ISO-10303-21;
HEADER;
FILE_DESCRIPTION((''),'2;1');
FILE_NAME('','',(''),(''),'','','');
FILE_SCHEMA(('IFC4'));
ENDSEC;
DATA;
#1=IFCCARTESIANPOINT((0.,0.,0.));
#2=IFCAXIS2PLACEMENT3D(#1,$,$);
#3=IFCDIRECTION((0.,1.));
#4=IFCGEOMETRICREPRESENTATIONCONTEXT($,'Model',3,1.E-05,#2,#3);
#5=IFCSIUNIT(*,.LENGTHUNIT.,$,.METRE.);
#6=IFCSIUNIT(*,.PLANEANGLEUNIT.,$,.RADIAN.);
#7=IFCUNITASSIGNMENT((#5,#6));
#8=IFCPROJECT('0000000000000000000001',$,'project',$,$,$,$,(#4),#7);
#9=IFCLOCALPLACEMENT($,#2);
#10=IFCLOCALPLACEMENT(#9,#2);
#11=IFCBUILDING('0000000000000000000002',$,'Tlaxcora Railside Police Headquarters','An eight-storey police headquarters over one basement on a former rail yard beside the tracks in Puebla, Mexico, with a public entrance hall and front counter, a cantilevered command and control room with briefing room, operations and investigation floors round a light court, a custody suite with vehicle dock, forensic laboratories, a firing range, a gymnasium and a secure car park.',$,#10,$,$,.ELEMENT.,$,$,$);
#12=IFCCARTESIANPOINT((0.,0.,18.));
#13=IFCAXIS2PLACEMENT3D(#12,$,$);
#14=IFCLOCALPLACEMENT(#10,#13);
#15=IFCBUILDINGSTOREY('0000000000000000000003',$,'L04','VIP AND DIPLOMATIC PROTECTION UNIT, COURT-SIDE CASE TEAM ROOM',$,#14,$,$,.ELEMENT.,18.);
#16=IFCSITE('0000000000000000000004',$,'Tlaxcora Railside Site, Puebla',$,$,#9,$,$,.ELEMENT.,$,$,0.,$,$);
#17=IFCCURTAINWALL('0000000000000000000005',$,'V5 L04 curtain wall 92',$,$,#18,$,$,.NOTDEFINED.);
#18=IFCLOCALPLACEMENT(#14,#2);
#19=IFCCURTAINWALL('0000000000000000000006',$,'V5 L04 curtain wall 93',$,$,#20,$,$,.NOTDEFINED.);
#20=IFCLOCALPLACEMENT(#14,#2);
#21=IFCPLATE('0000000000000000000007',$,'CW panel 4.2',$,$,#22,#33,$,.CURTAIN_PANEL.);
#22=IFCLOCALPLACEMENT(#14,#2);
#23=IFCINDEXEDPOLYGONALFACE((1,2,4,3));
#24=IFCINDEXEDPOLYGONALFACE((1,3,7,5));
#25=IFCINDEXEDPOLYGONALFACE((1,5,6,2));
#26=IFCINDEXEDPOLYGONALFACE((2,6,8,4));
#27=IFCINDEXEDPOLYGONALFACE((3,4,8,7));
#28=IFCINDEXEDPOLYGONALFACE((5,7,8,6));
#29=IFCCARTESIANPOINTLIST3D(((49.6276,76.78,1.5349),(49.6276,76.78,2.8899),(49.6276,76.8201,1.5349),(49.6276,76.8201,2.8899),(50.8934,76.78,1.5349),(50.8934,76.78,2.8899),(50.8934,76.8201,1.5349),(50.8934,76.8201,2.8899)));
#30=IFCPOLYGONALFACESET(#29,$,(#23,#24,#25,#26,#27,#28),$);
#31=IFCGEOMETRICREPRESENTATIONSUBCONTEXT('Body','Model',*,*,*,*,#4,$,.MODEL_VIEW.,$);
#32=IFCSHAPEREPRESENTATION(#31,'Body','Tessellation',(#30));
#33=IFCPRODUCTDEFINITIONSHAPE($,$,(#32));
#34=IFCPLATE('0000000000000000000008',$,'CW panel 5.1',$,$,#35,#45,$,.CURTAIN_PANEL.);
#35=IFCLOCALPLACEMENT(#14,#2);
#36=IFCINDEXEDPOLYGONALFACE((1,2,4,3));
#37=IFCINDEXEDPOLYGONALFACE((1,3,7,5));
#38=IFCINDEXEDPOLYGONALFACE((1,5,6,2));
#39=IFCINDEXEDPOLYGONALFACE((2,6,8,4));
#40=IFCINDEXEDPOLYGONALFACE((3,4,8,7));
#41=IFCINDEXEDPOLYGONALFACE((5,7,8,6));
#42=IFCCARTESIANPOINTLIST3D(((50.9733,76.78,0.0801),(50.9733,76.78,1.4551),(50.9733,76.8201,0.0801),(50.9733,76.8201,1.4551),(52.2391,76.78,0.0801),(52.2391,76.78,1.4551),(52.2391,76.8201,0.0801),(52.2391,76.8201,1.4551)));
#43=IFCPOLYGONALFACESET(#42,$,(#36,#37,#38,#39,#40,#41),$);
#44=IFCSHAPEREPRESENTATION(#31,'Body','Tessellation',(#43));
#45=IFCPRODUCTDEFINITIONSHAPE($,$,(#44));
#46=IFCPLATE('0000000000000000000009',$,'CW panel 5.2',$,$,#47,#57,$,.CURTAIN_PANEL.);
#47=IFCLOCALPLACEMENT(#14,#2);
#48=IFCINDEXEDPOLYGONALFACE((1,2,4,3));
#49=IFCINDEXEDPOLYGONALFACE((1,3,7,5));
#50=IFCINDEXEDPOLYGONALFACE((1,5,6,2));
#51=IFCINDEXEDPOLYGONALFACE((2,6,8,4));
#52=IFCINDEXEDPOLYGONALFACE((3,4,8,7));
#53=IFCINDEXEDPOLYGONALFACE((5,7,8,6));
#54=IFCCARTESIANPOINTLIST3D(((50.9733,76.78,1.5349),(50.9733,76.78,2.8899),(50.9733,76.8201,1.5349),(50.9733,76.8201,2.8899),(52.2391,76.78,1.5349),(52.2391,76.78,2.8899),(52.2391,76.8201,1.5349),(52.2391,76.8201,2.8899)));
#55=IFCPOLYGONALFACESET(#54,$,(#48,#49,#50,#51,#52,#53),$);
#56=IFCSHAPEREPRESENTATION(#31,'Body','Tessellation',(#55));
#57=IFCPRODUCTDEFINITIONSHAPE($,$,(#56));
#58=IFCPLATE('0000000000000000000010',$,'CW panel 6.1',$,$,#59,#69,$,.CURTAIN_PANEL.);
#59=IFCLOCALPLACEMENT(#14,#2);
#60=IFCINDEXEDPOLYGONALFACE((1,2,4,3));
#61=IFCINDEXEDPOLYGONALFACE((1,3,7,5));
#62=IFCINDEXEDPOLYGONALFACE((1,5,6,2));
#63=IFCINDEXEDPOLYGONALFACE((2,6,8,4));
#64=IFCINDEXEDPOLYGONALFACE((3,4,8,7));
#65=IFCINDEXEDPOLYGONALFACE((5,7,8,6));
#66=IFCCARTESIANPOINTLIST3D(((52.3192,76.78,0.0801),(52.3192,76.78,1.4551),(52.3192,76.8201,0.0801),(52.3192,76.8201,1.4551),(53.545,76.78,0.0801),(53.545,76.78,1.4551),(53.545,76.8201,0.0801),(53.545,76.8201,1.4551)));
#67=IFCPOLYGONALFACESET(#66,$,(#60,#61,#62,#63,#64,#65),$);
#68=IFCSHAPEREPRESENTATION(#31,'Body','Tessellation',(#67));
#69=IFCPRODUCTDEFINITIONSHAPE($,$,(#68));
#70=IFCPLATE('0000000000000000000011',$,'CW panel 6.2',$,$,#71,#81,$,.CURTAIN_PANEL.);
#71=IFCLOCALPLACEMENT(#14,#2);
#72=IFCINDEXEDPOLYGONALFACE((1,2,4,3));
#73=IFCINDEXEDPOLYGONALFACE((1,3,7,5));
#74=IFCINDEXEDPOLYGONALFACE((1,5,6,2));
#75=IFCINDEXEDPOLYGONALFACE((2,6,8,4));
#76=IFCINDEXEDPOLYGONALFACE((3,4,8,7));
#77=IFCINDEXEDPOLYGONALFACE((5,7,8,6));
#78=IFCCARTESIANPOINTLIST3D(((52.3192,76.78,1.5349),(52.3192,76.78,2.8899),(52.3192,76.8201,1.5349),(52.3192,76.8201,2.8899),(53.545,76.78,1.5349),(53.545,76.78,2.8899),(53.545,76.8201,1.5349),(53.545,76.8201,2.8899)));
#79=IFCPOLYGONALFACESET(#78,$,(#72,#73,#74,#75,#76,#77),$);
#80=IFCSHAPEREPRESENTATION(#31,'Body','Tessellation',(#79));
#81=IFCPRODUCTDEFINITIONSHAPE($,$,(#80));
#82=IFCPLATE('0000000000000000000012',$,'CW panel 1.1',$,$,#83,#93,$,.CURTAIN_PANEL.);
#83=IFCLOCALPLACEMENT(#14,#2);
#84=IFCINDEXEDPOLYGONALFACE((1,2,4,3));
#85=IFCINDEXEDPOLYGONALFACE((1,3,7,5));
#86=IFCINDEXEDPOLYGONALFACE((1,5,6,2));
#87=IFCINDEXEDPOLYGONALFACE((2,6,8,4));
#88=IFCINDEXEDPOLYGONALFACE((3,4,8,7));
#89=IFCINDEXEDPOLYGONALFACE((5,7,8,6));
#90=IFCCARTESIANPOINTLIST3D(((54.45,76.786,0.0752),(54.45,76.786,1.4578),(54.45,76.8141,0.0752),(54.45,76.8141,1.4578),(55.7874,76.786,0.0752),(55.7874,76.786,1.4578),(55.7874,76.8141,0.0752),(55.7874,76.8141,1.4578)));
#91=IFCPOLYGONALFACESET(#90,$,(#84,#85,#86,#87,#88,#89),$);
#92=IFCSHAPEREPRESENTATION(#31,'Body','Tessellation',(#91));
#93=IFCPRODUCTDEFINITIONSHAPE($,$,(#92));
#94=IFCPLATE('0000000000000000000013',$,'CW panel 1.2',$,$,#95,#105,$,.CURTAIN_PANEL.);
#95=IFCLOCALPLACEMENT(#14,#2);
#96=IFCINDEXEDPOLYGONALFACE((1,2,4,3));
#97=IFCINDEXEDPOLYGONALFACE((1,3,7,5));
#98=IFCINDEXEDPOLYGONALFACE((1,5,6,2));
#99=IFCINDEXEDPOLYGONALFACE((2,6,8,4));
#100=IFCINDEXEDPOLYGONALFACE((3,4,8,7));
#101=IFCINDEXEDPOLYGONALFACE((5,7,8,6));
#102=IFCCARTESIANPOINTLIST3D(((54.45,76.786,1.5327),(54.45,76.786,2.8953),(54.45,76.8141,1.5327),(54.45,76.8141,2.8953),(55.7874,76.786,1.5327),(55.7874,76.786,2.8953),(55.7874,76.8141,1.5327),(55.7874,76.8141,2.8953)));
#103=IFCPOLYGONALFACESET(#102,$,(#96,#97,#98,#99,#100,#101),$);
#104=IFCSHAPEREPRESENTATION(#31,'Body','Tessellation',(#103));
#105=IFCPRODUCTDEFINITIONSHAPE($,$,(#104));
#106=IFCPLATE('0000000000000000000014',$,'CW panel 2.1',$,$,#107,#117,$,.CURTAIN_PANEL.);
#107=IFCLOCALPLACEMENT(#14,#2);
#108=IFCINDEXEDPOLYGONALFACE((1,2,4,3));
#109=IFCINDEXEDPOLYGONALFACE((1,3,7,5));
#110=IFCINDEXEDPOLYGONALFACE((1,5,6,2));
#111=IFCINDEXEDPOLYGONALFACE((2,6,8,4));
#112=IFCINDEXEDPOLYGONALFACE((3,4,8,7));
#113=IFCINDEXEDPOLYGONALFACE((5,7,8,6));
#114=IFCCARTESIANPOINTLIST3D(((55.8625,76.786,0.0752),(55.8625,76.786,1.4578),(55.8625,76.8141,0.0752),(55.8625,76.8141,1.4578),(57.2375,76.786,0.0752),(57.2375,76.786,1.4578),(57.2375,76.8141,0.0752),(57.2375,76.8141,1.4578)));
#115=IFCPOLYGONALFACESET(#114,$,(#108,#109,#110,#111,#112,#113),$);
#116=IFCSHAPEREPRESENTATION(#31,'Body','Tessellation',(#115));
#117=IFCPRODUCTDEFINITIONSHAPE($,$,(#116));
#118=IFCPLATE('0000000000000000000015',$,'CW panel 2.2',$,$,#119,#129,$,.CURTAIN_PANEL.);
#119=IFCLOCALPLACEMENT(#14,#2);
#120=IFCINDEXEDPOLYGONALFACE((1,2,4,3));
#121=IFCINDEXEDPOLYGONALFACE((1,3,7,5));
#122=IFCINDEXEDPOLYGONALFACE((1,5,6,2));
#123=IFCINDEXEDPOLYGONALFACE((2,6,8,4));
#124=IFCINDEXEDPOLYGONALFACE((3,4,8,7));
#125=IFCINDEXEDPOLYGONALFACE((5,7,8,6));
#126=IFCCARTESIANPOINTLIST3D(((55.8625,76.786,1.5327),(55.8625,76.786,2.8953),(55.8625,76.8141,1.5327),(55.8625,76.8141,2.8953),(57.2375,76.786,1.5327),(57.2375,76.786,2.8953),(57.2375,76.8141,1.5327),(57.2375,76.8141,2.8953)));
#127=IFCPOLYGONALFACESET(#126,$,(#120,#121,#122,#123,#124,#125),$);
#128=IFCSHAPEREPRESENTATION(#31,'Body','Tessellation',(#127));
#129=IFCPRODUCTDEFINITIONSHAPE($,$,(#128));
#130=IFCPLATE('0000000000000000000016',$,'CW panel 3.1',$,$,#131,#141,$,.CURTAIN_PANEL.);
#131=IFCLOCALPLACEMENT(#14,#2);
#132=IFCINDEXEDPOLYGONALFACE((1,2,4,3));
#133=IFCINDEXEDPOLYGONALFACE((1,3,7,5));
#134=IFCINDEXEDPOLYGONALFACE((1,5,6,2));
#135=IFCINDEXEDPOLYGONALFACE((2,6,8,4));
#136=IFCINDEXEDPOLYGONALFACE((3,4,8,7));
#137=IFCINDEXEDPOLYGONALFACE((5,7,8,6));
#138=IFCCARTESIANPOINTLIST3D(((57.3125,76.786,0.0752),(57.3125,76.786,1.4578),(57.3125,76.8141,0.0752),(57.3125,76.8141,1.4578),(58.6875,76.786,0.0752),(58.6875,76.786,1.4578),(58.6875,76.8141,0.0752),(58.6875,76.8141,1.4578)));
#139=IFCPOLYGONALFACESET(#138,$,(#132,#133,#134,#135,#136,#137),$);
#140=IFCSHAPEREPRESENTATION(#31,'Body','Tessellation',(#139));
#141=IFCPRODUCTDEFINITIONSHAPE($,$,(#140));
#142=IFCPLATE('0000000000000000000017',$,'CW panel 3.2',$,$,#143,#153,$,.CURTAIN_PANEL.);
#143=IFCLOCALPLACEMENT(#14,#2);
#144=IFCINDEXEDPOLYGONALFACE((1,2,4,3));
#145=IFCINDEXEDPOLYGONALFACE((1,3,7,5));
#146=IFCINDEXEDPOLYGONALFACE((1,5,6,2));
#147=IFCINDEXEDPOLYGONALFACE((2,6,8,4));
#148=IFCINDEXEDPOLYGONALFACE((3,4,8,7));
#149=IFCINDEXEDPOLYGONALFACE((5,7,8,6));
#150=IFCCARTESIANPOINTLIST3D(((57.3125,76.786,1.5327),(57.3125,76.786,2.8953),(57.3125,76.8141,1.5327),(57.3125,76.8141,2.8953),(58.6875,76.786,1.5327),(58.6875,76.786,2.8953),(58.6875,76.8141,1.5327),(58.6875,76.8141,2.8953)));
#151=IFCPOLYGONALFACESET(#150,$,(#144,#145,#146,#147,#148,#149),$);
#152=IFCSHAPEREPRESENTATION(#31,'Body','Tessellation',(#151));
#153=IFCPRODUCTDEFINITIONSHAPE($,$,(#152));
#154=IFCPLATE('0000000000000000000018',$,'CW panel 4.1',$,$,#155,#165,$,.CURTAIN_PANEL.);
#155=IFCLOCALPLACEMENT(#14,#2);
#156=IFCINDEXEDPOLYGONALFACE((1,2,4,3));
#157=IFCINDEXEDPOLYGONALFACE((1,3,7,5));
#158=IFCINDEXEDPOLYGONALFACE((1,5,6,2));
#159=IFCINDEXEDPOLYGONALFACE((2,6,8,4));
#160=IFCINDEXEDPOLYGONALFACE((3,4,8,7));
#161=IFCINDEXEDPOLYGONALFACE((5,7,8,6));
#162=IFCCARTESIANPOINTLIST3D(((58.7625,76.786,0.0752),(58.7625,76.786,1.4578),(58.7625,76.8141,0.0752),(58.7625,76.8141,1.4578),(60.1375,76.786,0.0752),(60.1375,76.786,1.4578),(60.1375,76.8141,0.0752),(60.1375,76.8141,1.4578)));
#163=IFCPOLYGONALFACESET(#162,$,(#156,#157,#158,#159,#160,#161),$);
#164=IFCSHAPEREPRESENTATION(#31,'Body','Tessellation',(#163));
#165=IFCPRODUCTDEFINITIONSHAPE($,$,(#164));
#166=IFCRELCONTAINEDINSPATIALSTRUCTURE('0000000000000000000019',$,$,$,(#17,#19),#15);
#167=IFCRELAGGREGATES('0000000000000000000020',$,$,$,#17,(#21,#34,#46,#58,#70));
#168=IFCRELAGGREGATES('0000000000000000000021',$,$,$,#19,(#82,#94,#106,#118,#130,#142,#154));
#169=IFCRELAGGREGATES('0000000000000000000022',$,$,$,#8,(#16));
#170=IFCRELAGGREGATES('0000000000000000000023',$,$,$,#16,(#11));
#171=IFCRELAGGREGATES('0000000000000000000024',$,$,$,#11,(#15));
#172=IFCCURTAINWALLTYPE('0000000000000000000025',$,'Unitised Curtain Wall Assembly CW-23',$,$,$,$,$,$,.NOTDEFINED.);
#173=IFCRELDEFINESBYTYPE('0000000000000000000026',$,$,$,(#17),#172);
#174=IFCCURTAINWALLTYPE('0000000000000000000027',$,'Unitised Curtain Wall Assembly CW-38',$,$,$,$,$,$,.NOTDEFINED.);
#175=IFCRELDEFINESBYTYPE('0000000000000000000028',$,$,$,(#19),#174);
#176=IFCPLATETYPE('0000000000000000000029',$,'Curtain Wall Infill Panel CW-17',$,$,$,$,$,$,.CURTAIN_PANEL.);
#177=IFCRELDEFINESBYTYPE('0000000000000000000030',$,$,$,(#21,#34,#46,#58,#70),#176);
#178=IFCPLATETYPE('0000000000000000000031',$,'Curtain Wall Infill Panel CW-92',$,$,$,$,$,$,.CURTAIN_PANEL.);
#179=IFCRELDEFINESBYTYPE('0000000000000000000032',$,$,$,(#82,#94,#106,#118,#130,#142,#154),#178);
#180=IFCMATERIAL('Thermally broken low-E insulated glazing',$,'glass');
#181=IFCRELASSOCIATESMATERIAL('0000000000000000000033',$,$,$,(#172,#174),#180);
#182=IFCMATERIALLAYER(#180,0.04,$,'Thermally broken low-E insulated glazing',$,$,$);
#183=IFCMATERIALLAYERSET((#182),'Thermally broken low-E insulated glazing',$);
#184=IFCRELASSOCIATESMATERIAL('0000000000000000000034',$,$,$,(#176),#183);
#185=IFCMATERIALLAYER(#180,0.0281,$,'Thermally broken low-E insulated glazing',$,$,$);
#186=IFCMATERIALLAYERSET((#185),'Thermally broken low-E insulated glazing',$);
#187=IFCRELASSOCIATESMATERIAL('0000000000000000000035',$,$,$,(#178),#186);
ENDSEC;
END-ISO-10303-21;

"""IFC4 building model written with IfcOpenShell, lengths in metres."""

from ifc_helpers import new_model, si_unit, direction, frame, origin, origin_2d, place, context, subcontext, project, spatial, rectangle, extrude, material, layer, layer_set, type_object, element, aggregate, save


model = new_model("IFC4")

# Units and contexts
model_context = context("Model", 3, precision=1e-05, world=origin(), true_north=direction((0.0, 1.0)))
body_context = subcontext(model_context, "Body", "Model", "MODEL_VIEW")
ifc_project = project(units=[si_unit("LENGTHUNIT", "METRE"), si_unit("PLANEANGLEUNIT", "RADIAN")], contexts=[model_context])

# Site, building, storey
site_placement = place(None, origin())
site = spatial("IfcSite", under=ifc_project, at=site_placement, Name="Tlaxcora Railside Site, Puebla", CompositionType="ELEMENT", RefElevation=0.0)
building_placement = place(site_placement, origin())
building = spatial("IfcBuilding", under=site, at=building_placement, Name="Tlaxcora Railside Police Headquarters", Description="An eight-storey police headquarters over one basement on a former rail yard beside the tracks in Puebla, Mexico, with a public entrance hall and front counter, a cantilevered command and control room with briefing room, operations and investigation floors round a light court, a custody suite with vehicle dock, forensic laboratories, a firing range, a gymnasium and a secure car park.", CompositionType="ELEMENT")
storey_placement = place(building_placement, frame((0.0, 0.0, 18.0)))
storey = spatial("IfcBuildingStorey", under=building, at=storey_placement, Name="L04", Description="VIP AND DIPLOMATIC PROTECTION UNIT, COURT-SIDE CASE TEAM ROOM", CompositionType="ELEMENT", Elevation=18.0)

# Curtain walls
ifc_material_1 = material(Name="Thermally broken low-E insulated glazing", Category="glass")
curtain_wall_type_1 = type_object("IfcCurtainWallType", Name="Unitised Curtain Wall Assembly CW-23", PredefinedType="NOTDEFINED", material=ifc_material_1)
curtain_wall_1_placement = place(storey_placement, origin())
curtain_wall_1 = element("IfcCurtainWall", 1, at=curtain_wall_1_placement, inside=storey, type_object=curtain_wall_type_1, Name="V5 L04 curtain wall 92", PredefinedType="NOTDEFINED")
curtain_wall_type_2 = type_object("IfcCurtainWallType", Name="Unitised Curtain Wall Assembly CW-38", PredefinedType="NOTDEFINED", material=ifc_material_1)
curtain_wall_2_placement = place(storey_placement, origin())
curtain_wall_2 = element("IfcCurtainWall", 2, at=curtain_wall_2_placement, inside=storey, type_object=curtain_wall_type_2, Name="V5 L04 curtain wall 93", PredefinedType="NOTDEFINED")

# Plates
ifc_layer_1 = layer(ifc_material_1, 0.04, Name="Thermally broken low-E insulated glazing")
ifc_layer_set_1 = layer_set([ifc_layer_1], Name="Thermally broken low-E insulated glazing")
plate_type_1 = type_object("IfcPlateType", Name="Curtain Wall Infill Panel CW-17", PredefinedType="CURTAIN_PANEL", material=ifc_layer_set_1)
plate_1_placement = place(storey_placement, frame((50.2605, 76.8, 1.5349), z_axis=(0.0, 0.0, 1.0), x_axis=(1.0, 0.0, 0.0)))
plate_1 = element("IfcPlate", 3, at=plate_1_placement, type_object=plate_type_1, Name="CW panel 4.2", PredefinedType="CURTAIN_PANEL", context=body_context, shape_type="SweptSolid", body=[
    extrude(rectangle(XDim=1.2659, YDim=0.04, at=origin_2d()), origin(), (0.0, 0.0, 1.0), 1.355),
])
plate_2_placement = place(storey_placement, frame((51.6062, 76.8, 0.0801), z_axis=(0.0, 0.0, 1.0), x_axis=(1.0, 0.0, 0.0)))
plate_2 = element("IfcPlate", 4, at=plate_2_placement, type_object=plate_type_1, Name="CW panel 5.1", PredefinedType="CURTAIN_PANEL", context=body_context, shape_type="SweptSolid", body=[
    extrude(rectangle(XDim=1.2659, YDim=0.04, at=origin_2d()), origin(), (0.0, 0.0, 1.0), 1.375),
])
plate_3_placement = place(storey_placement, frame((51.6062, 76.8, 1.5349), z_axis=(0.0, 0.0, 1.0), x_axis=(1.0, 0.0, 0.0)))
plate_3 = element("IfcPlate", 5, at=plate_3_placement, type_object=plate_type_1, Name="CW panel 5.2", PredefinedType="CURTAIN_PANEL", context=body_context, shape_type="SweptSolid", body=[
    extrude(rectangle(XDim=1.2659, YDim=0.04, at=origin_2d()), origin(), (0.0, 0.0, 1.0), 1.355),
])
plate_4_placement = place(storey_placement, frame((52.9321, 76.8, 0.0801), z_axis=(0.0, 0.0, 1.0), x_axis=(1.0, 0.0, 0.0)))
plate_4 = element("IfcPlate", 6, at=plate_4_placement, type_object=plate_type_1, Name="CW panel 6.1", PredefinedType="CURTAIN_PANEL", context=body_context, shape_type="SweptSolid", body=[
    extrude(rectangle(XDim=1.2258, YDim=0.04, at=origin_2d()), origin(), (0.0, 0.0, 1.0), 1.375),
])
plate_5_placement = place(storey_placement, frame((52.9321, 76.8, 1.5349), z_axis=(0.0, 0.0, 1.0), x_axis=(1.0, 0.0, 0.0)))
plate_5 = element("IfcPlate", 7, at=plate_5_placement, type_object=plate_type_1, Name="CW panel 6.2", PredefinedType="CURTAIN_PANEL", context=body_context, shape_type="SweptSolid", body=[
    extrude(rectangle(XDim=1.2258, YDim=0.04, at=origin_2d()), origin(), (0.0, 0.0, 1.0), 1.355),
])
aggregate(curtain_wall_1, [plate_1, plate_2, plate_3, plate_4, plate_5])
ifc_layer_2 = layer(ifc_material_1, 0.0281, Name="Thermally broken low-E insulated glazing")
ifc_layer_set_2 = layer_set([ifc_layer_2], Name="Thermally broken low-E insulated glazing")
plate_type_2 = type_object("IfcPlateType", Name="Curtain Wall Infill Panel CW-92", PredefinedType="CURTAIN_PANEL", material=ifc_layer_set_2)
plate_6_placement = place(storey_placement, frame((55.1187, 76.8, 0.0752), z_axis=(0.0, 0.0, 1.0), x_axis=(1.0, 0.0, 0.0)))
plate_6 = element("IfcPlate", 8, at=plate_6_placement, type_object=plate_type_2, Name="CW panel 1.1", PredefinedType="CURTAIN_PANEL", context=body_context, shape_type="SweptSolid", body=[
    extrude(rectangle(XDim=1.3374, YDim=0.0281, at=origin_2d()), origin(), (0.0, 0.0, 1.0), 1.3826),
])
plate_7_placement = place(storey_placement, frame((55.1187, 76.8, 1.5327), z_axis=(0.0, 0.0, 1.0), x_axis=(1.0, 0.0, 0.0)))
plate_7 = element("IfcPlate", 9, at=plate_7_placement, type_object=plate_type_2, Name="CW panel 1.2", PredefinedType="CURTAIN_PANEL", context=body_context, shape_type="SweptSolid", body=[
    extrude(rectangle(XDim=1.3374, YDim=0.0281, at=origin_2d()), origin(), (0.0, 0.0, 1.0), 1.3625),
])
plate_8_placement = place(storey_placement, frame((56.55, 76.8, 0.0752), z_axis=(0.0, 0.0, 1.0), x_axis=(1.0, 0.0, 0.0)))
plate_8 = element("IfcPlate", 10, at=plate_8_placement, type_object=plate_type_2, Name="CW panel 2.1", PredefinedType="CURTAIN_PANEL", context=body_context, shape_type="SweptSolid", body=[
    extrude(rectangle(XDim=1.375, YDim=0.0281, at=origin_2d()), origin(), (0.0, 0.0, 1.0), 1.3826),
])
plate_9_placement = place(storey_placement, frame((56.55, 76.8, 1.5327), z_axis=(0.0, 0.0, 1.0), x_axis=(1.0, 0.0, 0.0)))
plate_9 = element("IfcPlate", 11, at=plate_9_placement, type_object=plate_type_2, Name="CW panel 2.2", PredefinedType="CURTAIN_PANEL", context=body_context, shape_type="SweptSolid", body=[
    extrude(rectangle(XDim=1.375, YDim=0.0281, at=origin_2d()), origin(), (0.0, 0.0, 1.0), 1.3625),
])
plate_10_placement = place(storey_placement, frame((58.0, 76.8, 0.0752), z_axis=(0.0, 0.0, 1.0), x_axis=(1.0, 0.0, 0.0)))
plate_10 = element("IfcPlate", 12, at=plate_10_placement, type_object=plate_type_2, Name="CW panel 3.1", PredefinedType="CURTAIN_PANEL", context=body_context, shape_type="SweptSolid", body=[
    extrude(rectangle(XDim=1.375, YDim=0.0281, at=origin_2d()), origin(), (0.0, 0.0, 1.0), 1.3826),
])
plate_11_placement = place(storey_placement, frame((58.0, 76.8, 1.5327), z_axis=(0.0, 0.0, 1.0), x_axis=(1.0, 0.0, 0.0)))
plate_11 = element("IfcPlate", 13, at=plate_11_placement, type_object=plate_type_2, Name="CW panel 3.2", PredefinedType="CURTAIN_PANEL", context=body_context, shape_type="SweptSolid", body=[
    extrude(rectangle(XDim=1.375, YDim=0.0281, at=origin_2d()), origin(), (0.0, 0.0, 1.0), 1.3625),
])
plate_12_placement = place(storey_placement, frame((59.45, 76.8, 0.0752), z_axis=(0.0, 0.0, 1.0), x_axis=(1.0, 0.0, 0.0)))
plate_12 = element("IfcPlate", 14, at=plate_12_placement, type_object=plate_type_2, Name="CW panel 4.1", PredefinedType="CURTAIN_PANEL", context=body_context, shape_type="SweptSolid", body=[
    extrude(rectangle(XDim=1.375, YDim=0.0281, at=origin_2d()), origin(), (0.0, 0.0, 1.0), 1.3826),
])
aggregate(curtain_wall_2, [plate_6, plate_7, plate_8, plate_9, plate_10, plate_11, plate_12])

save(model, "model.ifc")
